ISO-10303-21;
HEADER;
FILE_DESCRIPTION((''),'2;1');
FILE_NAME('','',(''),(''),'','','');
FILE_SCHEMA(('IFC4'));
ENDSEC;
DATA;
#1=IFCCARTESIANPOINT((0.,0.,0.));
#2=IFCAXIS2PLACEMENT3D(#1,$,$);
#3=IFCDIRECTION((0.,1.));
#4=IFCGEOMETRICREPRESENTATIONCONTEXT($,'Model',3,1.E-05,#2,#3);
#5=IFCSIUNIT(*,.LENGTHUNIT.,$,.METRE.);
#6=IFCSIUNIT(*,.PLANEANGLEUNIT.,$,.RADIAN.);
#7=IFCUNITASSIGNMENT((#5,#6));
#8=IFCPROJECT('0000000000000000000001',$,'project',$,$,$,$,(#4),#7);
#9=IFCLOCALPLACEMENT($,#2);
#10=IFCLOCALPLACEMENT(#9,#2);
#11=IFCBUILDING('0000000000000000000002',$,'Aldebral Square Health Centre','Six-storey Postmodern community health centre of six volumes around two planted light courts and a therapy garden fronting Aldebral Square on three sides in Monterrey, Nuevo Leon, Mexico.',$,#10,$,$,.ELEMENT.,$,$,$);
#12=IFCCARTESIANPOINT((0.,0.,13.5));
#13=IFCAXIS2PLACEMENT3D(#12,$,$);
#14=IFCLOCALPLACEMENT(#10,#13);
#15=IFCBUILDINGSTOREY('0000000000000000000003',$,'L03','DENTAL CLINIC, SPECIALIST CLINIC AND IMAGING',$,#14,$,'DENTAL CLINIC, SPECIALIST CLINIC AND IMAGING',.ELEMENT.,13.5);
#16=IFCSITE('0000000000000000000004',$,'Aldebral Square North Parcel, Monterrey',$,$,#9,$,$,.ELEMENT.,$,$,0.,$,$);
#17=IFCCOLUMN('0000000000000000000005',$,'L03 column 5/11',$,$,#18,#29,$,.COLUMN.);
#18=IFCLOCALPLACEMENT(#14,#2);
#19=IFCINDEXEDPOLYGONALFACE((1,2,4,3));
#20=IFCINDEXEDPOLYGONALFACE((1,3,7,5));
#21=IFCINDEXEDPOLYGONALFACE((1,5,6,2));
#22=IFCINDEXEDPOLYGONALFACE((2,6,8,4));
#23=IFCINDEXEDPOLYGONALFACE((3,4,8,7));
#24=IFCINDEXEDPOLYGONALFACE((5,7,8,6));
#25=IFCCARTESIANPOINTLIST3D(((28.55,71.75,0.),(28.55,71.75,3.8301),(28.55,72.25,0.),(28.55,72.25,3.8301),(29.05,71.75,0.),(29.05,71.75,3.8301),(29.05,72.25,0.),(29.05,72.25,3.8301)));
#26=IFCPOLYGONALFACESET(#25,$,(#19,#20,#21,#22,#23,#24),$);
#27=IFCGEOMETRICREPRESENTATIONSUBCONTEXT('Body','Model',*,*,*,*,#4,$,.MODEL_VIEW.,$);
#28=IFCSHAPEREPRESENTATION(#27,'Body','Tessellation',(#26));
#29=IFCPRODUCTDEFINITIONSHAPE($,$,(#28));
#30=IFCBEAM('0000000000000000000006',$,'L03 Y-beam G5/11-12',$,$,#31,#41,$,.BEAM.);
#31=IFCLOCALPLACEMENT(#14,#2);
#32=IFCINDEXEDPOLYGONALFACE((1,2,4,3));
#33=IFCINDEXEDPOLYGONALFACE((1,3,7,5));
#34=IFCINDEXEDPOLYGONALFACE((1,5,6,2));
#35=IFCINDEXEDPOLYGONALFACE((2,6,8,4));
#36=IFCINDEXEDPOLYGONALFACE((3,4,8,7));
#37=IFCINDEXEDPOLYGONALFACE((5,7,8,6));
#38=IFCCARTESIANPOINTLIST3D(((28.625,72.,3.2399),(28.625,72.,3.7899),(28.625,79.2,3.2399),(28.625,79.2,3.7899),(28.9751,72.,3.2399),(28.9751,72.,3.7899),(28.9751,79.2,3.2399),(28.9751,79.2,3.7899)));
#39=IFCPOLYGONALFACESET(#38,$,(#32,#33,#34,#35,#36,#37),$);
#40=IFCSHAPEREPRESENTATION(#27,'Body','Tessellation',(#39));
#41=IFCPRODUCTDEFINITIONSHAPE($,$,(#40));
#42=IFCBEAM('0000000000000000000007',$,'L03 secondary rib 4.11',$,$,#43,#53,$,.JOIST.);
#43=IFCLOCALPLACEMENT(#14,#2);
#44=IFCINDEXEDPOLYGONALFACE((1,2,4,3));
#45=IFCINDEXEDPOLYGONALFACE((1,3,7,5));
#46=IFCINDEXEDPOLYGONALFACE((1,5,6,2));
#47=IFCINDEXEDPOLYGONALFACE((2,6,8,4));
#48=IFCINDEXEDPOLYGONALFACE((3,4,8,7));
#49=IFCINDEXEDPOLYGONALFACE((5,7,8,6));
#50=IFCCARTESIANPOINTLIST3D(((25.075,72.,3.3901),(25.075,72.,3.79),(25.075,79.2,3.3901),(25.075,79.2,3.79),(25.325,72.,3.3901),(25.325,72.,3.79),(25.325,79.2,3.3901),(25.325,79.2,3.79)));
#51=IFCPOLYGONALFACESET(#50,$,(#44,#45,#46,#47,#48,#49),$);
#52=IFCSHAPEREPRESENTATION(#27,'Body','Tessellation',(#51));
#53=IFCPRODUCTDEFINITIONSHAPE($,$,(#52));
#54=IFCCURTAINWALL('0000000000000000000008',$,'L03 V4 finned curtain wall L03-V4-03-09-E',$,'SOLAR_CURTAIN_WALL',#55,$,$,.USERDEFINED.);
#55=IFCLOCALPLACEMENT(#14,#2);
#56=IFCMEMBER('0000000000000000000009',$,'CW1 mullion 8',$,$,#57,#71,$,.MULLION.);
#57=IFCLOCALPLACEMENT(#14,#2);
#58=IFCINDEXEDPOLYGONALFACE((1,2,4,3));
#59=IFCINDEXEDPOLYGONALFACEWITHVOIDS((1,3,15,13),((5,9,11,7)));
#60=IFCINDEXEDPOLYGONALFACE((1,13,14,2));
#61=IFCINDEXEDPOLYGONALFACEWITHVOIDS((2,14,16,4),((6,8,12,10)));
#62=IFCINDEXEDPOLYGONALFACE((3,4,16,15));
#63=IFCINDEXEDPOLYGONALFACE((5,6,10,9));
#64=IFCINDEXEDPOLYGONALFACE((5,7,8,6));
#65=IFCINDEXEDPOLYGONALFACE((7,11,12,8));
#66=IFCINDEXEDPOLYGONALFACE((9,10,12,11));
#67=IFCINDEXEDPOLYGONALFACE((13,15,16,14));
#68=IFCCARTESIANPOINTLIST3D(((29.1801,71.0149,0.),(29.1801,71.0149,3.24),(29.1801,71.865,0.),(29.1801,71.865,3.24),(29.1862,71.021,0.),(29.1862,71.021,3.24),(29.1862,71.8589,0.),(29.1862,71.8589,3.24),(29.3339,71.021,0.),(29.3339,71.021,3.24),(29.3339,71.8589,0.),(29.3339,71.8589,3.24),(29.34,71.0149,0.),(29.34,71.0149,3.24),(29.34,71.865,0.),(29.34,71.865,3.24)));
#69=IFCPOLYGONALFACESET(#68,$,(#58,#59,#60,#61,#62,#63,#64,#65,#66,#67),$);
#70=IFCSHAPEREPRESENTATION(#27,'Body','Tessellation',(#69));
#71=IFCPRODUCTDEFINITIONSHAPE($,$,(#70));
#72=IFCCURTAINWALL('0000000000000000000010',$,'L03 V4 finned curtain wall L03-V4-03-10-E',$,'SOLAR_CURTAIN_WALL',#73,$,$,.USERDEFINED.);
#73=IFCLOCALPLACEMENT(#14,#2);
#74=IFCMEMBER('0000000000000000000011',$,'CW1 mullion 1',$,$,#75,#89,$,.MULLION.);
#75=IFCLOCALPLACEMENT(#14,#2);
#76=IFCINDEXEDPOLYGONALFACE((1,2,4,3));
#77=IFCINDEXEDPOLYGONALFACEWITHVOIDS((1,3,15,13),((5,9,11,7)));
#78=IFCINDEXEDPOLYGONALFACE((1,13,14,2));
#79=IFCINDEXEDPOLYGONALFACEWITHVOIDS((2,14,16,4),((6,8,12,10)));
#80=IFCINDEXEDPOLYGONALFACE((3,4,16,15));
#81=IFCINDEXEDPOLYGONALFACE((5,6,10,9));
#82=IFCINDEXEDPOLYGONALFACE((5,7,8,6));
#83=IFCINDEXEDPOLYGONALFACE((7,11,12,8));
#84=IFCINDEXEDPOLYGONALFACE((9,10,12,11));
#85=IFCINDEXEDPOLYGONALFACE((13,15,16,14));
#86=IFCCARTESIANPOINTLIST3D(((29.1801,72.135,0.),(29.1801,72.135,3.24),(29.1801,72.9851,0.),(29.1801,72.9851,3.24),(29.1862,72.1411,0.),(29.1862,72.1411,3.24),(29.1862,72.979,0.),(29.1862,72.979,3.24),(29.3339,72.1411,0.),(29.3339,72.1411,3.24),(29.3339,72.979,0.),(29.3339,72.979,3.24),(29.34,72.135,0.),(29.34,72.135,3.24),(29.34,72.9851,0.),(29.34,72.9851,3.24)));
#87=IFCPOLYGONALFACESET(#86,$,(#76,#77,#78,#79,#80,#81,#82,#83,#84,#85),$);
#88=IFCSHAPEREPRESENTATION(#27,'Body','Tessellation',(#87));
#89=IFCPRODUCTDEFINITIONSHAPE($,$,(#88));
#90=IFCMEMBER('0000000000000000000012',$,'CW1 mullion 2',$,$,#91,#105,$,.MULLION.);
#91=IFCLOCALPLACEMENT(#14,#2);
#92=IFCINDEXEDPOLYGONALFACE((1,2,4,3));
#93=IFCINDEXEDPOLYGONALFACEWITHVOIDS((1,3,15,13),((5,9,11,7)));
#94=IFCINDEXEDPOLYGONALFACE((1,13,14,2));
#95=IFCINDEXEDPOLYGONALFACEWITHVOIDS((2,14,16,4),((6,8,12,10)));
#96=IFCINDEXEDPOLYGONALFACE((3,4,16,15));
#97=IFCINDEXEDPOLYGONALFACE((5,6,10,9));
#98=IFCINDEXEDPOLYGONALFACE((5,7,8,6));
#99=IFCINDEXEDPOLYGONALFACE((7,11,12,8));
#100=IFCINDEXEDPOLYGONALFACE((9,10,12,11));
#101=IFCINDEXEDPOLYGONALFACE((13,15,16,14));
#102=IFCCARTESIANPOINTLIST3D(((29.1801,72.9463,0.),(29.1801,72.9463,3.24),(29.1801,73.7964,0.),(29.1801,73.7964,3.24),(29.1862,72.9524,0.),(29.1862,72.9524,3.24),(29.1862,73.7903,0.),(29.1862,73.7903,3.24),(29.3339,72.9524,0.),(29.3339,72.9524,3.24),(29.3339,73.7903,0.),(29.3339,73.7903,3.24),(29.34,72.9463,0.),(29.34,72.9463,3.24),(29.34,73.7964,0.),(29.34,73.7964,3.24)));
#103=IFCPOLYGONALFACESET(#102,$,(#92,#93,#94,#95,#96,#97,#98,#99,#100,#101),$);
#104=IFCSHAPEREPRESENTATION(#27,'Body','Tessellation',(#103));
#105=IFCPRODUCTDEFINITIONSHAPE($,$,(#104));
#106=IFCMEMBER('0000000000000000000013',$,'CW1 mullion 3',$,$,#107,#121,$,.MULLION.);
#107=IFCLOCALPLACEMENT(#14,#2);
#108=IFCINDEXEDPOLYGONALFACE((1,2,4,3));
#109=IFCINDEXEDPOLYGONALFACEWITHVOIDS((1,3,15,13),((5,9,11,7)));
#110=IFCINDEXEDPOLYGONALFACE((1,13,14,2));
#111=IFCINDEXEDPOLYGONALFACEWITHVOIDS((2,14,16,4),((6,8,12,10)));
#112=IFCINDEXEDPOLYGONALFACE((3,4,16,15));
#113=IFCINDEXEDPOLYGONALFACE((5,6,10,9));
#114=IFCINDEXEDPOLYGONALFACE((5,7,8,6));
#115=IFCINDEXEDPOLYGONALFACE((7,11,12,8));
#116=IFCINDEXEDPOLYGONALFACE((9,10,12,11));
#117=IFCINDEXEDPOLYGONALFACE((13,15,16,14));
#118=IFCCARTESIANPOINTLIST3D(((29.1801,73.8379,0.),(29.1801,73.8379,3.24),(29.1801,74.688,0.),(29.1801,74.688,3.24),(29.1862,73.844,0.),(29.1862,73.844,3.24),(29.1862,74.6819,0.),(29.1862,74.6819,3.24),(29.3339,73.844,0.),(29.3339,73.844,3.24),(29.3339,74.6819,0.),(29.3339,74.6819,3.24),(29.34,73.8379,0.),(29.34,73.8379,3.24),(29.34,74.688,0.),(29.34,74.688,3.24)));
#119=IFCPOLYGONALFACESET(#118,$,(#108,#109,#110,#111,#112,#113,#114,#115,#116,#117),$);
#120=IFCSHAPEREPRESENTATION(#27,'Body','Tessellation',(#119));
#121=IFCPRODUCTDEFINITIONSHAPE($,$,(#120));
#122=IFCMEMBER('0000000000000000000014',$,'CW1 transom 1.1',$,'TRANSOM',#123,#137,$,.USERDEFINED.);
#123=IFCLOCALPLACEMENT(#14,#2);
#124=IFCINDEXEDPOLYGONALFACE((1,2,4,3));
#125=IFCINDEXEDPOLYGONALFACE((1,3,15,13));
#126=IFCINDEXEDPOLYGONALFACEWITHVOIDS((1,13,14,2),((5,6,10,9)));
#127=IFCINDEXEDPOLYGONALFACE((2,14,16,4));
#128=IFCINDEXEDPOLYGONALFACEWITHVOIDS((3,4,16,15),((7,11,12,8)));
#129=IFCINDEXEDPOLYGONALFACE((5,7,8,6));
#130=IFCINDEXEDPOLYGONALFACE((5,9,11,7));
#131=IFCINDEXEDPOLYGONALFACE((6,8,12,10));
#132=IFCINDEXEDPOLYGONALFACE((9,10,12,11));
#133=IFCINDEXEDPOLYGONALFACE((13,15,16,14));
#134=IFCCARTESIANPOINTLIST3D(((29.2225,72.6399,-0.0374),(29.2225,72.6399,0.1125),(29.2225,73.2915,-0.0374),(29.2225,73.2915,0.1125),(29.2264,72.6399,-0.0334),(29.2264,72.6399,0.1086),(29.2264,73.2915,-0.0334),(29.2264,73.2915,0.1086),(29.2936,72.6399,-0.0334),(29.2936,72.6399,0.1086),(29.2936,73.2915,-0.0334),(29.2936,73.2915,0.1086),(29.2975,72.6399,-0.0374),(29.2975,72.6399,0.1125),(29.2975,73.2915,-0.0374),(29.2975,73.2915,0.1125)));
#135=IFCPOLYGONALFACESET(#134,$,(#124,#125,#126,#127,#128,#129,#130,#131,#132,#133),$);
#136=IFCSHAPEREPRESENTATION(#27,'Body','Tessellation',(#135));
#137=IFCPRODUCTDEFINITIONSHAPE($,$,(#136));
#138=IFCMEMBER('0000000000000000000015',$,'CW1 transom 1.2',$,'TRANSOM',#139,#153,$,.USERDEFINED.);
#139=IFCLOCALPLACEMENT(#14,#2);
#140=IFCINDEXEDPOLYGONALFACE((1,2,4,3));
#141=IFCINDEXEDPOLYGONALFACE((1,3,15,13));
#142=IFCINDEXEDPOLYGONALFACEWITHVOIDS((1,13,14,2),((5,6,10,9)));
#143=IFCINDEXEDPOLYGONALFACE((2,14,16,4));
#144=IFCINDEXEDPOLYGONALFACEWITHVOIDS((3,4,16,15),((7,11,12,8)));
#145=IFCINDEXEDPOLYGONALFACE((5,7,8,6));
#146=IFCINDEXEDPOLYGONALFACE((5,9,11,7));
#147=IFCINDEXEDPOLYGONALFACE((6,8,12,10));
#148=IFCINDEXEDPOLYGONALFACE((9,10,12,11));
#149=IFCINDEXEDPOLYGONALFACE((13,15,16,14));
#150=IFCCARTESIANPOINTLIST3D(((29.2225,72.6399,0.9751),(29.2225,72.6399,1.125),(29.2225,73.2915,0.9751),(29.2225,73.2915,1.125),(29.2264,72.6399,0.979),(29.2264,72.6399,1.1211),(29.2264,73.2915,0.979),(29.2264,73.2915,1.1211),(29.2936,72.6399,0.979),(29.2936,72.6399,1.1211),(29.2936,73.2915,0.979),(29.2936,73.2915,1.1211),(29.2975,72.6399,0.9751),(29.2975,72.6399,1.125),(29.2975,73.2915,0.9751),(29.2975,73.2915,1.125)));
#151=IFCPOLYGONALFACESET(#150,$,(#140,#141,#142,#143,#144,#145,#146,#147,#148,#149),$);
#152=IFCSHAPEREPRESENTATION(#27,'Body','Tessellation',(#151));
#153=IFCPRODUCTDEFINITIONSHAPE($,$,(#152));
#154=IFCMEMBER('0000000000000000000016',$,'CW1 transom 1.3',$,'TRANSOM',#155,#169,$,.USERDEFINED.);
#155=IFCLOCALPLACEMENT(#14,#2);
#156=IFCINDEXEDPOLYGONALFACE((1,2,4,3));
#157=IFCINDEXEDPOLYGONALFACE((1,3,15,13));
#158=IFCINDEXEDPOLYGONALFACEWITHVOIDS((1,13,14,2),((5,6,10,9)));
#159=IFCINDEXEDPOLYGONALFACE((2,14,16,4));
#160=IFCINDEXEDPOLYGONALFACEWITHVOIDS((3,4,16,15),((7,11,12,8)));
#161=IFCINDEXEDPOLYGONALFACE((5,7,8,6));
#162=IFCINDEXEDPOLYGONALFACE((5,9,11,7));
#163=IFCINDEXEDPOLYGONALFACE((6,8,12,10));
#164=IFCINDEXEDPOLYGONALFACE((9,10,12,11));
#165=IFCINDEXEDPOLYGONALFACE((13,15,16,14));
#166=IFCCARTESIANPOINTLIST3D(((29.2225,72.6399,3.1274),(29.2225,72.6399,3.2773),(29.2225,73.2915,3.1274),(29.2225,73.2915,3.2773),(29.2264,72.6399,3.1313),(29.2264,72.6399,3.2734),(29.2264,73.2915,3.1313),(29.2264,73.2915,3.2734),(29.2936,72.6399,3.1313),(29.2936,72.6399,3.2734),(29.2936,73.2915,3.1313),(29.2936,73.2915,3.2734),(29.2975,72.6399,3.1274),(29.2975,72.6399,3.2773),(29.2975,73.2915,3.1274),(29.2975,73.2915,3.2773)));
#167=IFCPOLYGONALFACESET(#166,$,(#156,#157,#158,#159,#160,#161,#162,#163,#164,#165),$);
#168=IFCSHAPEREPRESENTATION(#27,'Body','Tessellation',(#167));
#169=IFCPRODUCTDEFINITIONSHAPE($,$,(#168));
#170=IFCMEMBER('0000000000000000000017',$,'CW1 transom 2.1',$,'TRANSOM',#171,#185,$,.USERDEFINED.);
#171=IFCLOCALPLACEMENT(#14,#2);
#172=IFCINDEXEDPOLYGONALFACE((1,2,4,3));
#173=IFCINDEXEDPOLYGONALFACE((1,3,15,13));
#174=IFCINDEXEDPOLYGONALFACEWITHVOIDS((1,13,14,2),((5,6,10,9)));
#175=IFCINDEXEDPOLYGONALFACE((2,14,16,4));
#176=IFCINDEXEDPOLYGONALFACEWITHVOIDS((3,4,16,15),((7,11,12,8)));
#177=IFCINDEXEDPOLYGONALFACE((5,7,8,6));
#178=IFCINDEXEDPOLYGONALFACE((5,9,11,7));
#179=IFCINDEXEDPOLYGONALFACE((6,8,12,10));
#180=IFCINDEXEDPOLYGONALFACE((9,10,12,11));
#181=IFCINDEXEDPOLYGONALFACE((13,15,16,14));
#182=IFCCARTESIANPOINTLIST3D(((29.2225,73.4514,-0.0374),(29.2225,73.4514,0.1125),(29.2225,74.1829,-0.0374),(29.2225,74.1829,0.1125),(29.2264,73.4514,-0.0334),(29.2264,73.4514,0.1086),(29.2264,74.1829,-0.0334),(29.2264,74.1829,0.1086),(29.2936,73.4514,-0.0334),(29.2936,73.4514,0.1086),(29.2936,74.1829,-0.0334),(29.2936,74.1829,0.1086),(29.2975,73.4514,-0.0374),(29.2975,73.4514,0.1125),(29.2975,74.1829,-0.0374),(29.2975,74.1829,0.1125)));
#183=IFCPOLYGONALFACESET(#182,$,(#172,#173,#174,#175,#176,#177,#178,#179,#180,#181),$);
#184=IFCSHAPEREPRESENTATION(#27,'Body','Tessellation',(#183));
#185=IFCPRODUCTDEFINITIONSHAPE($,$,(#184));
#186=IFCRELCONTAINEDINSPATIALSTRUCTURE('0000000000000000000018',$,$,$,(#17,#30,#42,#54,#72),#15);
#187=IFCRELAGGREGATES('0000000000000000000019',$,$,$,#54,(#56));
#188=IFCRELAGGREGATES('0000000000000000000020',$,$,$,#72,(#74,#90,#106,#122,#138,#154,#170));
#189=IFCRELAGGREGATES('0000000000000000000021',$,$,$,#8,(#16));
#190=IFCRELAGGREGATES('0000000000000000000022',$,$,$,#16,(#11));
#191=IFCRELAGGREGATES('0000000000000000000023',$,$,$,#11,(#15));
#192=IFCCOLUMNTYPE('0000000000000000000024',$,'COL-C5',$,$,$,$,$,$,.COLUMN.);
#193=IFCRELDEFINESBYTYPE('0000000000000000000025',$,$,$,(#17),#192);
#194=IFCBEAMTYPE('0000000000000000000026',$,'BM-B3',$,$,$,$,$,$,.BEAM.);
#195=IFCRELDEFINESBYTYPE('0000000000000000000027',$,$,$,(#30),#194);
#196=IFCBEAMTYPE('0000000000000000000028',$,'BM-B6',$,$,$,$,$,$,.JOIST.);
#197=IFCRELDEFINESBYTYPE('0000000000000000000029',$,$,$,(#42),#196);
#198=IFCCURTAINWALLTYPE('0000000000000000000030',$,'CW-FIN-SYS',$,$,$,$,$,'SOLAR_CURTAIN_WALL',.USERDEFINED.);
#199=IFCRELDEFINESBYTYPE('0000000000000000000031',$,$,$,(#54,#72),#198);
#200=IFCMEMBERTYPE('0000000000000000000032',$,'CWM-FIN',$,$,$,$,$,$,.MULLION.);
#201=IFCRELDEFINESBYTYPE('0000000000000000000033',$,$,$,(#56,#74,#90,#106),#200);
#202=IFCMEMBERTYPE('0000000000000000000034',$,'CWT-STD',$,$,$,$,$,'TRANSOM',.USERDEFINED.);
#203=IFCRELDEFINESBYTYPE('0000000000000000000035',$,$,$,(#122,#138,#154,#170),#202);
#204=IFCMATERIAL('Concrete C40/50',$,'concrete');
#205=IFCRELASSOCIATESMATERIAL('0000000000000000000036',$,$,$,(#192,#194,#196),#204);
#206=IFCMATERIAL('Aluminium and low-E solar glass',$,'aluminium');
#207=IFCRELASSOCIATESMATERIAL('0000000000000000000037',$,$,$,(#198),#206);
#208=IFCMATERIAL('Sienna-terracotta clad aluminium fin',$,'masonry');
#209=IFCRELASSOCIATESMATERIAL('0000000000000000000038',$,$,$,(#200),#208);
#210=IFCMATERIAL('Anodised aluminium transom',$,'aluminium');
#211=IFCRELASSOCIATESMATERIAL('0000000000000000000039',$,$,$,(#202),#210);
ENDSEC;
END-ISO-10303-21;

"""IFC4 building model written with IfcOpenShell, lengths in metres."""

from ifc_helpers import new_model, si_unit, direction, frame, origin, origin_2d, place, context, subcontext, project, spatial, rectangle, hollow_rectangle, extrude, material, material_profile, profile_set, type_object, element, aggregate, save


model = new_model("IFC4")

# Units and contexts
model_context = context("Model", 3, precision=1e-05, world=origin(), true_north=direction((0.0, 1.0)))
body_context = subcontext(model_context, "Body", "Model", "MODEL_VIEW")
ifc_project = project(units=[si_unit("LENGTHUNIT", "METRE"), si_unit("PLANEANGLEUNIT", "RADIAN")], contexts=[model_context])

# Site, building, storey
site_placement = place(None, origin())
site = spatial("IfcSite", under=ifc_project, at=site_placement, Name="Aldebral Square North Parcel, Monterrey", CompositionType="ELEMENT", RefElevation=0.0)
building_placement = place(site_placement, origin())
building = spatial("IfcBuilding", under=site, at=building_placement, Name="Aldebral Square Health Centre", Description="Six-storey Postmodern community health centre of six volumes around two planted light courts and a therapy garden fronting Aldebral Square on three sides in Monterrey, Nuevo Leon, Mexico.", CompositionType="ELEMENT")
storey_placement = place(building_placement, frame((0.0, 0.0, 13.5)))
storey = spatial("IfcBuildingStorey", under=building, at=storey_placement, Name="L03", Description="DENTAL CLINIC, SPECIALIST CLINIC AND IMAGING", LongName="DENTAL CLINIC, SPECIALIST CLINIC AND IMAGING", CompositionType="ELEMENT", Elevation=13.5)

# Column
ifc_material_1 = material(Name="Concrete C40/50", Category="concrete")
ifc_material_profile_1 = material_profile(ifc_material_1, rectangle(XDim=0.5, YDim=0.5, at=origin_2d()), Name="RC 500x500")
ifc_profile_set_1 = profile_set([ifc_material_profile_1], Name="Concrete C40/50")
column_type = type_object("IfcColumnType", Name="COL-C5", PredefinedType="COLUMN", material=ifc_profile_set_1)
column_placement = place(storey_placement, frame((28.8, 72.0, 0.0), z_axis=(0.0, 0.0, 1.0), x_axis=(1.0, 0.0, 0.0)))
element("IfcColumn", 1, at=column_placement, inside=storey, type_object=column_type, Name="L03 column 5/11", PredefinedType="COLUMN", context=body_context, shape_type="SweptSolid", body=[
    extrude(rectangle(XDim=0.5, YDim=0.5, at=origin_2d()), origin(), (0.0, 0.0, 1.0), 3.8301),
])

# Beams
ifc_material_profile_2 = material_profile(ifc_material_1, rectangle(XDim=0.3501, YDim=0.55, at=origin_2d()), Name="RC 350x550")
ifc_profile_set_2 = profile_set([ifc_material_profile_2], Name="Concrete C40/50")
beam_type_1 = type_object("IfcBeamType", Name="BM-B3", PredefinedType="BEAM", material=ifc_profile_set_2)
beam_1_placement = place(storey_placement, frame((28.8, 72.0, 3.5149), z_axis=(0.0, 1.0, 0.0), x_axis=(-1.0, 0.0, 0.0)))
element("IfcBeam", 2, at=beam_1_placement, inside=storey, type_object=beam_type_1, Name="L03 Y-beam G5/11-12", PredefinedType="BEAM", context=body_context, shape_type="SweptSolid", body=[
    extrude(rectangle(XDim=0.3501, YDim=0.55, at=origin_2d()), origin(), (0.0, 0.0, 1.0), 7.2),
])
ifc_material_profile_3 = material_profile(ifc_material_1, rectangle(XDim=0.25, YDim=0.3999, at=origin_2d()), Name="RC 250x400")
ifc_profile_set_3 = profile_set([ifc_material_profile_3], Name="Concrete C40/50")
beam_type_2 = type_object("IfcBeamType", Name="BM-B6", PredefinedType="JOIST", material=ifc_profile_set_3)
beam_2_placement = place(storey_placement, frame((25.2, 72.0, 3.5901), z_axis=(0.0, 1.0, 0.0), x_axis=(-1.0, 0.0, 0.0)))
element("IfcBeam", 3, at=beam_2_placement, inside=storey, type_object=beam_type_2, Name="L03 secondary rib 4.11", PredefinedType="JOIST", context=body_context, shape_type="SweptSolid", body=[
    extrude(rectangle(XDim=0.25, YDim=0.3999, at=origin_2d()), origin(), (0.0, 0.0, 1.0), 7.2),
])

# Curtain wall, member
ifc_material_2 = material(Name="Aluminium and low-E solar glass", Category="aluminium")
curtain_wall_type = type_object("IfcCurtainWallType", Name="CW-FIN-SYS", ElementType="SOLAR_CURTAIN_WALL", PredefinedType="USERDEFINED", material=ifc_material_2)
curtain_wall_1_placement = place(storey_placement, origin())
curtain_wall_1 = element("IfcCurtainWall", 4, at=curtain_wall_1_placement, inside=storey, type_object=curtain_wall_type, Name="L03 V4 finned curtain wall L03-V4-03-09-E", ObjectType="SOLAR_CURTAIN_WALL", PredefinedType="USERDEFINED")
ifc_material_3 = material(Name="Sienna-terracotta clad aluminium fin", Category="masonry")
ifc_material_profile_4 = material_profile(ifc_material_3, hollow_rectangle(XDim=0.1599, YDim=0.8501, WallThickness=0.0061, at=origin_2d()), Name="FIN 160x850x6")
ifc_profile_set_4 = profile_set([ifc_material_profile_4], Name="Sienna-terracotta clad aluminium fin")
member_type_1 = type_object("IfcMemberType", Name="CWM-FIN", PredefinedType="MULLION", material=ifc_profile_set_4)
member_1_placement = place(storey_placement, frame((29.26, 71.4399, 0.0), z_axis=(0.0, 0.0, 1.0), x_axis=(-1.0, 0.0, 0.0)))
member_1 = element("IfcMember", 5, at=member_1_placement, type_object=member_type_1, Name="CW1 mullion 8", PredefinedType="MULLION", context=body_context, shape_type="SweptSolid", body=[
    extrude(hollow_rectangle(XDim=0.1599, YDim=0.8501, WallThickness=0.0061, at=origin_2d()), origin(), (0.0, 0.0, 1.0), 3.24),
])

# Curtain wall, members
curtain_wall_2_placement = place(storey_placement, origin())
curtain_wall_2 = element("IfcCurtainWall", 6, at=curtain_wall_2_placement, inside=storey, type_object=curtain_wall_type, Name="L03 V4 finned curtain wall L03-V4-03-10-E", ObjectType="SOLAR_CURTAIN_WALL", PredefinedType="USERDEFINED")
member_2_placement = place(storey_placement, frame((29.26, 72.5601, 0.0), z_axis=(0.0, 0.0, 1.0), x_axis=(-1.0, 0.0, 0.0)))
member_2 = element("IfcMember", 7, at=member_2_placement, type_object=member_type_1, Name="CW1 mullion 1", PredefinedType="MULLION", context=body_context, shape_type="SweptSolid", body=[
    extrude(hollow_rectangle(XDim=0.1599, YDim=0.8501, WallThickness=0.0061, at=origin_2d()), origin(), (0.0, 0.0, 1.0), 3.24),
])
member_3_placement = place(storey_placement, frame((29.26, 73.3713, 0.0), z_axis=(0.0, 0.0, 1.0), x_axis=(-1.0, 0.0, 0.0)))
member_3 = element("IfcMember", 8, at=member_3_placement, type_object=member_type_1, Name="CW1 mullion 2", PredefinedType="MULLION", context=body_context, shape_type="SweptSolid", body=[
    extrude(hollow_rectangle(XDim=0.1599, YDim=0.8501, WallThickness=0.0061, at=origin_2d()), origin(), (0.0, 0.0, 1.0), 3.24),
])
member_4_placement = place(storey_placement, frame((29.26, 74.2629, 0.0), z_axis=(0.0, 0.0, 1.0), x_axis=(-1.0, 0.0, 0.0)))
member_4 = element("IfcMember", 9, at=member_4_placement, type_object=member_type_1, Name="CW1 mullion 3", PredefinedType="MULLION", context=body_context, shape_type="SweptSolid", body=[
    extrude(hollow_rectangle(XDim=0.1599, YDim=0.8501, WallThickness=0.0061, at=origin_2d()), origin(), (0.0, 0.0, 1.0), 3.24),
])
ifc_material_4 = material(Name="Anodised aluminium transom", Category="aluminium")
ifc_material_profile_5 = material_profile(ifc_material_4, hollow_rectangle(XDim=0.075, YDim=0.1499, WallThickness=0.0039, at=origin_2d()), Name="CWT 75x150x4")
ifc_profile_set_5 = profile_set([ifc_material_profile_5], Name="Anodised aluminium transom")
member_type_2 = type_object("IfcMemberType", Name="CWT-STD", ElementType="TRANSOM", PredefinedType="USERDEFINED", material=ifc_profile_set_5)
member_5_placement = place(storey_placement, frame((29.26, 72.6399, 0.0376), z_axis=(0.0, 1.0, 0.0), x_axis=(-1.0, 0.0, 0.0)))
member_5 = element("IfcMember", 10, at=member_5_placement, type_object=member_type_2, Name="CW1 transom 1.1", ObjectType="TRANSOM", PredefinedType="USERDEFINED", context=body_context, shape_type="SweptSolid", body=[
    extrude(hollow_rectangle(XDim=0.075, YDim=0.1499, WallThickness=0.0039, at=origin_2d()), origin(), (0.0, 0.0, 1.0), 0.6516),
])
member_6_placement = place(storey_placement, frame((29.26, 72.6399, 1.05), z_axis=(0.0, 1.0, 0.0), x_axis=(-1.0, 0.0, 0.0)))
member_6 = element("IfcMember", 11, at=member_6_placement, type_object=member_type_2, Name="CW1 transom 1.2", ObjectType="TRANSOM", PredefinedType="USERDEFINED", context=body_context, shape_type="SweptSolid", body=[
    extrude(hollow_rectangle(XDim=0.075, YDim=0.1499, WallThickness=0.0039, at=origin_2d()), origin(), (0.0, 0.0, 1.0), 0.6516),
])
member_7_placement = place(storey_placement, frame((29.26, 72.6399, 3.2024), z_axis=(0.0, 1.0, 0.0), x_axis=(-1.0, 0.0, 0.0)))
member_7 = element("IfcMember", 12, at=member_7_placement, type_object=member_type_2, Name="CW1 transom 1.3", ObjectType="TRANSOM", PredefinedType="USERDEFINED", context=body_context, shape_type="SweptSolid", body=[
    extrude(hollow_rectangle(XDim=0.075, YDim=0.1499, WallThickness=0.0039, at=origin_2d()), origin(), (0.0, 0.0, 1.0), 0.6516),
])
member_8_placement = place(storey_placement, frame((29.26, 73.4514, 0.0376), z_axis=(0.0, 1.0, 0.0), x_axis=(-1.0, 0.0, 0.0)))
member_8 = element("IfcMember", 13, at=member_8_placement, type_object=member_type_2, Name="CW1 transom 2.1", ObjectType="TRANSOM", PredefinedType="USERDEFINED", context=body_context, shape_type="SweptSolid", body=[
    extrude(hollow_rectangle(XDim=0.075, YDim=0.1499, WallThickness=0.0039, at=origin_2d()), origin(), (0.0, 0.0, 1.0), 0.7314),
])

aggregate(curtain_wall_1, [member_1])
aggregate(curtain_wall_2, [member_2, member_3, member_4, member_5, member_6, member_7, member_8])

save(model, "model.ifc")
